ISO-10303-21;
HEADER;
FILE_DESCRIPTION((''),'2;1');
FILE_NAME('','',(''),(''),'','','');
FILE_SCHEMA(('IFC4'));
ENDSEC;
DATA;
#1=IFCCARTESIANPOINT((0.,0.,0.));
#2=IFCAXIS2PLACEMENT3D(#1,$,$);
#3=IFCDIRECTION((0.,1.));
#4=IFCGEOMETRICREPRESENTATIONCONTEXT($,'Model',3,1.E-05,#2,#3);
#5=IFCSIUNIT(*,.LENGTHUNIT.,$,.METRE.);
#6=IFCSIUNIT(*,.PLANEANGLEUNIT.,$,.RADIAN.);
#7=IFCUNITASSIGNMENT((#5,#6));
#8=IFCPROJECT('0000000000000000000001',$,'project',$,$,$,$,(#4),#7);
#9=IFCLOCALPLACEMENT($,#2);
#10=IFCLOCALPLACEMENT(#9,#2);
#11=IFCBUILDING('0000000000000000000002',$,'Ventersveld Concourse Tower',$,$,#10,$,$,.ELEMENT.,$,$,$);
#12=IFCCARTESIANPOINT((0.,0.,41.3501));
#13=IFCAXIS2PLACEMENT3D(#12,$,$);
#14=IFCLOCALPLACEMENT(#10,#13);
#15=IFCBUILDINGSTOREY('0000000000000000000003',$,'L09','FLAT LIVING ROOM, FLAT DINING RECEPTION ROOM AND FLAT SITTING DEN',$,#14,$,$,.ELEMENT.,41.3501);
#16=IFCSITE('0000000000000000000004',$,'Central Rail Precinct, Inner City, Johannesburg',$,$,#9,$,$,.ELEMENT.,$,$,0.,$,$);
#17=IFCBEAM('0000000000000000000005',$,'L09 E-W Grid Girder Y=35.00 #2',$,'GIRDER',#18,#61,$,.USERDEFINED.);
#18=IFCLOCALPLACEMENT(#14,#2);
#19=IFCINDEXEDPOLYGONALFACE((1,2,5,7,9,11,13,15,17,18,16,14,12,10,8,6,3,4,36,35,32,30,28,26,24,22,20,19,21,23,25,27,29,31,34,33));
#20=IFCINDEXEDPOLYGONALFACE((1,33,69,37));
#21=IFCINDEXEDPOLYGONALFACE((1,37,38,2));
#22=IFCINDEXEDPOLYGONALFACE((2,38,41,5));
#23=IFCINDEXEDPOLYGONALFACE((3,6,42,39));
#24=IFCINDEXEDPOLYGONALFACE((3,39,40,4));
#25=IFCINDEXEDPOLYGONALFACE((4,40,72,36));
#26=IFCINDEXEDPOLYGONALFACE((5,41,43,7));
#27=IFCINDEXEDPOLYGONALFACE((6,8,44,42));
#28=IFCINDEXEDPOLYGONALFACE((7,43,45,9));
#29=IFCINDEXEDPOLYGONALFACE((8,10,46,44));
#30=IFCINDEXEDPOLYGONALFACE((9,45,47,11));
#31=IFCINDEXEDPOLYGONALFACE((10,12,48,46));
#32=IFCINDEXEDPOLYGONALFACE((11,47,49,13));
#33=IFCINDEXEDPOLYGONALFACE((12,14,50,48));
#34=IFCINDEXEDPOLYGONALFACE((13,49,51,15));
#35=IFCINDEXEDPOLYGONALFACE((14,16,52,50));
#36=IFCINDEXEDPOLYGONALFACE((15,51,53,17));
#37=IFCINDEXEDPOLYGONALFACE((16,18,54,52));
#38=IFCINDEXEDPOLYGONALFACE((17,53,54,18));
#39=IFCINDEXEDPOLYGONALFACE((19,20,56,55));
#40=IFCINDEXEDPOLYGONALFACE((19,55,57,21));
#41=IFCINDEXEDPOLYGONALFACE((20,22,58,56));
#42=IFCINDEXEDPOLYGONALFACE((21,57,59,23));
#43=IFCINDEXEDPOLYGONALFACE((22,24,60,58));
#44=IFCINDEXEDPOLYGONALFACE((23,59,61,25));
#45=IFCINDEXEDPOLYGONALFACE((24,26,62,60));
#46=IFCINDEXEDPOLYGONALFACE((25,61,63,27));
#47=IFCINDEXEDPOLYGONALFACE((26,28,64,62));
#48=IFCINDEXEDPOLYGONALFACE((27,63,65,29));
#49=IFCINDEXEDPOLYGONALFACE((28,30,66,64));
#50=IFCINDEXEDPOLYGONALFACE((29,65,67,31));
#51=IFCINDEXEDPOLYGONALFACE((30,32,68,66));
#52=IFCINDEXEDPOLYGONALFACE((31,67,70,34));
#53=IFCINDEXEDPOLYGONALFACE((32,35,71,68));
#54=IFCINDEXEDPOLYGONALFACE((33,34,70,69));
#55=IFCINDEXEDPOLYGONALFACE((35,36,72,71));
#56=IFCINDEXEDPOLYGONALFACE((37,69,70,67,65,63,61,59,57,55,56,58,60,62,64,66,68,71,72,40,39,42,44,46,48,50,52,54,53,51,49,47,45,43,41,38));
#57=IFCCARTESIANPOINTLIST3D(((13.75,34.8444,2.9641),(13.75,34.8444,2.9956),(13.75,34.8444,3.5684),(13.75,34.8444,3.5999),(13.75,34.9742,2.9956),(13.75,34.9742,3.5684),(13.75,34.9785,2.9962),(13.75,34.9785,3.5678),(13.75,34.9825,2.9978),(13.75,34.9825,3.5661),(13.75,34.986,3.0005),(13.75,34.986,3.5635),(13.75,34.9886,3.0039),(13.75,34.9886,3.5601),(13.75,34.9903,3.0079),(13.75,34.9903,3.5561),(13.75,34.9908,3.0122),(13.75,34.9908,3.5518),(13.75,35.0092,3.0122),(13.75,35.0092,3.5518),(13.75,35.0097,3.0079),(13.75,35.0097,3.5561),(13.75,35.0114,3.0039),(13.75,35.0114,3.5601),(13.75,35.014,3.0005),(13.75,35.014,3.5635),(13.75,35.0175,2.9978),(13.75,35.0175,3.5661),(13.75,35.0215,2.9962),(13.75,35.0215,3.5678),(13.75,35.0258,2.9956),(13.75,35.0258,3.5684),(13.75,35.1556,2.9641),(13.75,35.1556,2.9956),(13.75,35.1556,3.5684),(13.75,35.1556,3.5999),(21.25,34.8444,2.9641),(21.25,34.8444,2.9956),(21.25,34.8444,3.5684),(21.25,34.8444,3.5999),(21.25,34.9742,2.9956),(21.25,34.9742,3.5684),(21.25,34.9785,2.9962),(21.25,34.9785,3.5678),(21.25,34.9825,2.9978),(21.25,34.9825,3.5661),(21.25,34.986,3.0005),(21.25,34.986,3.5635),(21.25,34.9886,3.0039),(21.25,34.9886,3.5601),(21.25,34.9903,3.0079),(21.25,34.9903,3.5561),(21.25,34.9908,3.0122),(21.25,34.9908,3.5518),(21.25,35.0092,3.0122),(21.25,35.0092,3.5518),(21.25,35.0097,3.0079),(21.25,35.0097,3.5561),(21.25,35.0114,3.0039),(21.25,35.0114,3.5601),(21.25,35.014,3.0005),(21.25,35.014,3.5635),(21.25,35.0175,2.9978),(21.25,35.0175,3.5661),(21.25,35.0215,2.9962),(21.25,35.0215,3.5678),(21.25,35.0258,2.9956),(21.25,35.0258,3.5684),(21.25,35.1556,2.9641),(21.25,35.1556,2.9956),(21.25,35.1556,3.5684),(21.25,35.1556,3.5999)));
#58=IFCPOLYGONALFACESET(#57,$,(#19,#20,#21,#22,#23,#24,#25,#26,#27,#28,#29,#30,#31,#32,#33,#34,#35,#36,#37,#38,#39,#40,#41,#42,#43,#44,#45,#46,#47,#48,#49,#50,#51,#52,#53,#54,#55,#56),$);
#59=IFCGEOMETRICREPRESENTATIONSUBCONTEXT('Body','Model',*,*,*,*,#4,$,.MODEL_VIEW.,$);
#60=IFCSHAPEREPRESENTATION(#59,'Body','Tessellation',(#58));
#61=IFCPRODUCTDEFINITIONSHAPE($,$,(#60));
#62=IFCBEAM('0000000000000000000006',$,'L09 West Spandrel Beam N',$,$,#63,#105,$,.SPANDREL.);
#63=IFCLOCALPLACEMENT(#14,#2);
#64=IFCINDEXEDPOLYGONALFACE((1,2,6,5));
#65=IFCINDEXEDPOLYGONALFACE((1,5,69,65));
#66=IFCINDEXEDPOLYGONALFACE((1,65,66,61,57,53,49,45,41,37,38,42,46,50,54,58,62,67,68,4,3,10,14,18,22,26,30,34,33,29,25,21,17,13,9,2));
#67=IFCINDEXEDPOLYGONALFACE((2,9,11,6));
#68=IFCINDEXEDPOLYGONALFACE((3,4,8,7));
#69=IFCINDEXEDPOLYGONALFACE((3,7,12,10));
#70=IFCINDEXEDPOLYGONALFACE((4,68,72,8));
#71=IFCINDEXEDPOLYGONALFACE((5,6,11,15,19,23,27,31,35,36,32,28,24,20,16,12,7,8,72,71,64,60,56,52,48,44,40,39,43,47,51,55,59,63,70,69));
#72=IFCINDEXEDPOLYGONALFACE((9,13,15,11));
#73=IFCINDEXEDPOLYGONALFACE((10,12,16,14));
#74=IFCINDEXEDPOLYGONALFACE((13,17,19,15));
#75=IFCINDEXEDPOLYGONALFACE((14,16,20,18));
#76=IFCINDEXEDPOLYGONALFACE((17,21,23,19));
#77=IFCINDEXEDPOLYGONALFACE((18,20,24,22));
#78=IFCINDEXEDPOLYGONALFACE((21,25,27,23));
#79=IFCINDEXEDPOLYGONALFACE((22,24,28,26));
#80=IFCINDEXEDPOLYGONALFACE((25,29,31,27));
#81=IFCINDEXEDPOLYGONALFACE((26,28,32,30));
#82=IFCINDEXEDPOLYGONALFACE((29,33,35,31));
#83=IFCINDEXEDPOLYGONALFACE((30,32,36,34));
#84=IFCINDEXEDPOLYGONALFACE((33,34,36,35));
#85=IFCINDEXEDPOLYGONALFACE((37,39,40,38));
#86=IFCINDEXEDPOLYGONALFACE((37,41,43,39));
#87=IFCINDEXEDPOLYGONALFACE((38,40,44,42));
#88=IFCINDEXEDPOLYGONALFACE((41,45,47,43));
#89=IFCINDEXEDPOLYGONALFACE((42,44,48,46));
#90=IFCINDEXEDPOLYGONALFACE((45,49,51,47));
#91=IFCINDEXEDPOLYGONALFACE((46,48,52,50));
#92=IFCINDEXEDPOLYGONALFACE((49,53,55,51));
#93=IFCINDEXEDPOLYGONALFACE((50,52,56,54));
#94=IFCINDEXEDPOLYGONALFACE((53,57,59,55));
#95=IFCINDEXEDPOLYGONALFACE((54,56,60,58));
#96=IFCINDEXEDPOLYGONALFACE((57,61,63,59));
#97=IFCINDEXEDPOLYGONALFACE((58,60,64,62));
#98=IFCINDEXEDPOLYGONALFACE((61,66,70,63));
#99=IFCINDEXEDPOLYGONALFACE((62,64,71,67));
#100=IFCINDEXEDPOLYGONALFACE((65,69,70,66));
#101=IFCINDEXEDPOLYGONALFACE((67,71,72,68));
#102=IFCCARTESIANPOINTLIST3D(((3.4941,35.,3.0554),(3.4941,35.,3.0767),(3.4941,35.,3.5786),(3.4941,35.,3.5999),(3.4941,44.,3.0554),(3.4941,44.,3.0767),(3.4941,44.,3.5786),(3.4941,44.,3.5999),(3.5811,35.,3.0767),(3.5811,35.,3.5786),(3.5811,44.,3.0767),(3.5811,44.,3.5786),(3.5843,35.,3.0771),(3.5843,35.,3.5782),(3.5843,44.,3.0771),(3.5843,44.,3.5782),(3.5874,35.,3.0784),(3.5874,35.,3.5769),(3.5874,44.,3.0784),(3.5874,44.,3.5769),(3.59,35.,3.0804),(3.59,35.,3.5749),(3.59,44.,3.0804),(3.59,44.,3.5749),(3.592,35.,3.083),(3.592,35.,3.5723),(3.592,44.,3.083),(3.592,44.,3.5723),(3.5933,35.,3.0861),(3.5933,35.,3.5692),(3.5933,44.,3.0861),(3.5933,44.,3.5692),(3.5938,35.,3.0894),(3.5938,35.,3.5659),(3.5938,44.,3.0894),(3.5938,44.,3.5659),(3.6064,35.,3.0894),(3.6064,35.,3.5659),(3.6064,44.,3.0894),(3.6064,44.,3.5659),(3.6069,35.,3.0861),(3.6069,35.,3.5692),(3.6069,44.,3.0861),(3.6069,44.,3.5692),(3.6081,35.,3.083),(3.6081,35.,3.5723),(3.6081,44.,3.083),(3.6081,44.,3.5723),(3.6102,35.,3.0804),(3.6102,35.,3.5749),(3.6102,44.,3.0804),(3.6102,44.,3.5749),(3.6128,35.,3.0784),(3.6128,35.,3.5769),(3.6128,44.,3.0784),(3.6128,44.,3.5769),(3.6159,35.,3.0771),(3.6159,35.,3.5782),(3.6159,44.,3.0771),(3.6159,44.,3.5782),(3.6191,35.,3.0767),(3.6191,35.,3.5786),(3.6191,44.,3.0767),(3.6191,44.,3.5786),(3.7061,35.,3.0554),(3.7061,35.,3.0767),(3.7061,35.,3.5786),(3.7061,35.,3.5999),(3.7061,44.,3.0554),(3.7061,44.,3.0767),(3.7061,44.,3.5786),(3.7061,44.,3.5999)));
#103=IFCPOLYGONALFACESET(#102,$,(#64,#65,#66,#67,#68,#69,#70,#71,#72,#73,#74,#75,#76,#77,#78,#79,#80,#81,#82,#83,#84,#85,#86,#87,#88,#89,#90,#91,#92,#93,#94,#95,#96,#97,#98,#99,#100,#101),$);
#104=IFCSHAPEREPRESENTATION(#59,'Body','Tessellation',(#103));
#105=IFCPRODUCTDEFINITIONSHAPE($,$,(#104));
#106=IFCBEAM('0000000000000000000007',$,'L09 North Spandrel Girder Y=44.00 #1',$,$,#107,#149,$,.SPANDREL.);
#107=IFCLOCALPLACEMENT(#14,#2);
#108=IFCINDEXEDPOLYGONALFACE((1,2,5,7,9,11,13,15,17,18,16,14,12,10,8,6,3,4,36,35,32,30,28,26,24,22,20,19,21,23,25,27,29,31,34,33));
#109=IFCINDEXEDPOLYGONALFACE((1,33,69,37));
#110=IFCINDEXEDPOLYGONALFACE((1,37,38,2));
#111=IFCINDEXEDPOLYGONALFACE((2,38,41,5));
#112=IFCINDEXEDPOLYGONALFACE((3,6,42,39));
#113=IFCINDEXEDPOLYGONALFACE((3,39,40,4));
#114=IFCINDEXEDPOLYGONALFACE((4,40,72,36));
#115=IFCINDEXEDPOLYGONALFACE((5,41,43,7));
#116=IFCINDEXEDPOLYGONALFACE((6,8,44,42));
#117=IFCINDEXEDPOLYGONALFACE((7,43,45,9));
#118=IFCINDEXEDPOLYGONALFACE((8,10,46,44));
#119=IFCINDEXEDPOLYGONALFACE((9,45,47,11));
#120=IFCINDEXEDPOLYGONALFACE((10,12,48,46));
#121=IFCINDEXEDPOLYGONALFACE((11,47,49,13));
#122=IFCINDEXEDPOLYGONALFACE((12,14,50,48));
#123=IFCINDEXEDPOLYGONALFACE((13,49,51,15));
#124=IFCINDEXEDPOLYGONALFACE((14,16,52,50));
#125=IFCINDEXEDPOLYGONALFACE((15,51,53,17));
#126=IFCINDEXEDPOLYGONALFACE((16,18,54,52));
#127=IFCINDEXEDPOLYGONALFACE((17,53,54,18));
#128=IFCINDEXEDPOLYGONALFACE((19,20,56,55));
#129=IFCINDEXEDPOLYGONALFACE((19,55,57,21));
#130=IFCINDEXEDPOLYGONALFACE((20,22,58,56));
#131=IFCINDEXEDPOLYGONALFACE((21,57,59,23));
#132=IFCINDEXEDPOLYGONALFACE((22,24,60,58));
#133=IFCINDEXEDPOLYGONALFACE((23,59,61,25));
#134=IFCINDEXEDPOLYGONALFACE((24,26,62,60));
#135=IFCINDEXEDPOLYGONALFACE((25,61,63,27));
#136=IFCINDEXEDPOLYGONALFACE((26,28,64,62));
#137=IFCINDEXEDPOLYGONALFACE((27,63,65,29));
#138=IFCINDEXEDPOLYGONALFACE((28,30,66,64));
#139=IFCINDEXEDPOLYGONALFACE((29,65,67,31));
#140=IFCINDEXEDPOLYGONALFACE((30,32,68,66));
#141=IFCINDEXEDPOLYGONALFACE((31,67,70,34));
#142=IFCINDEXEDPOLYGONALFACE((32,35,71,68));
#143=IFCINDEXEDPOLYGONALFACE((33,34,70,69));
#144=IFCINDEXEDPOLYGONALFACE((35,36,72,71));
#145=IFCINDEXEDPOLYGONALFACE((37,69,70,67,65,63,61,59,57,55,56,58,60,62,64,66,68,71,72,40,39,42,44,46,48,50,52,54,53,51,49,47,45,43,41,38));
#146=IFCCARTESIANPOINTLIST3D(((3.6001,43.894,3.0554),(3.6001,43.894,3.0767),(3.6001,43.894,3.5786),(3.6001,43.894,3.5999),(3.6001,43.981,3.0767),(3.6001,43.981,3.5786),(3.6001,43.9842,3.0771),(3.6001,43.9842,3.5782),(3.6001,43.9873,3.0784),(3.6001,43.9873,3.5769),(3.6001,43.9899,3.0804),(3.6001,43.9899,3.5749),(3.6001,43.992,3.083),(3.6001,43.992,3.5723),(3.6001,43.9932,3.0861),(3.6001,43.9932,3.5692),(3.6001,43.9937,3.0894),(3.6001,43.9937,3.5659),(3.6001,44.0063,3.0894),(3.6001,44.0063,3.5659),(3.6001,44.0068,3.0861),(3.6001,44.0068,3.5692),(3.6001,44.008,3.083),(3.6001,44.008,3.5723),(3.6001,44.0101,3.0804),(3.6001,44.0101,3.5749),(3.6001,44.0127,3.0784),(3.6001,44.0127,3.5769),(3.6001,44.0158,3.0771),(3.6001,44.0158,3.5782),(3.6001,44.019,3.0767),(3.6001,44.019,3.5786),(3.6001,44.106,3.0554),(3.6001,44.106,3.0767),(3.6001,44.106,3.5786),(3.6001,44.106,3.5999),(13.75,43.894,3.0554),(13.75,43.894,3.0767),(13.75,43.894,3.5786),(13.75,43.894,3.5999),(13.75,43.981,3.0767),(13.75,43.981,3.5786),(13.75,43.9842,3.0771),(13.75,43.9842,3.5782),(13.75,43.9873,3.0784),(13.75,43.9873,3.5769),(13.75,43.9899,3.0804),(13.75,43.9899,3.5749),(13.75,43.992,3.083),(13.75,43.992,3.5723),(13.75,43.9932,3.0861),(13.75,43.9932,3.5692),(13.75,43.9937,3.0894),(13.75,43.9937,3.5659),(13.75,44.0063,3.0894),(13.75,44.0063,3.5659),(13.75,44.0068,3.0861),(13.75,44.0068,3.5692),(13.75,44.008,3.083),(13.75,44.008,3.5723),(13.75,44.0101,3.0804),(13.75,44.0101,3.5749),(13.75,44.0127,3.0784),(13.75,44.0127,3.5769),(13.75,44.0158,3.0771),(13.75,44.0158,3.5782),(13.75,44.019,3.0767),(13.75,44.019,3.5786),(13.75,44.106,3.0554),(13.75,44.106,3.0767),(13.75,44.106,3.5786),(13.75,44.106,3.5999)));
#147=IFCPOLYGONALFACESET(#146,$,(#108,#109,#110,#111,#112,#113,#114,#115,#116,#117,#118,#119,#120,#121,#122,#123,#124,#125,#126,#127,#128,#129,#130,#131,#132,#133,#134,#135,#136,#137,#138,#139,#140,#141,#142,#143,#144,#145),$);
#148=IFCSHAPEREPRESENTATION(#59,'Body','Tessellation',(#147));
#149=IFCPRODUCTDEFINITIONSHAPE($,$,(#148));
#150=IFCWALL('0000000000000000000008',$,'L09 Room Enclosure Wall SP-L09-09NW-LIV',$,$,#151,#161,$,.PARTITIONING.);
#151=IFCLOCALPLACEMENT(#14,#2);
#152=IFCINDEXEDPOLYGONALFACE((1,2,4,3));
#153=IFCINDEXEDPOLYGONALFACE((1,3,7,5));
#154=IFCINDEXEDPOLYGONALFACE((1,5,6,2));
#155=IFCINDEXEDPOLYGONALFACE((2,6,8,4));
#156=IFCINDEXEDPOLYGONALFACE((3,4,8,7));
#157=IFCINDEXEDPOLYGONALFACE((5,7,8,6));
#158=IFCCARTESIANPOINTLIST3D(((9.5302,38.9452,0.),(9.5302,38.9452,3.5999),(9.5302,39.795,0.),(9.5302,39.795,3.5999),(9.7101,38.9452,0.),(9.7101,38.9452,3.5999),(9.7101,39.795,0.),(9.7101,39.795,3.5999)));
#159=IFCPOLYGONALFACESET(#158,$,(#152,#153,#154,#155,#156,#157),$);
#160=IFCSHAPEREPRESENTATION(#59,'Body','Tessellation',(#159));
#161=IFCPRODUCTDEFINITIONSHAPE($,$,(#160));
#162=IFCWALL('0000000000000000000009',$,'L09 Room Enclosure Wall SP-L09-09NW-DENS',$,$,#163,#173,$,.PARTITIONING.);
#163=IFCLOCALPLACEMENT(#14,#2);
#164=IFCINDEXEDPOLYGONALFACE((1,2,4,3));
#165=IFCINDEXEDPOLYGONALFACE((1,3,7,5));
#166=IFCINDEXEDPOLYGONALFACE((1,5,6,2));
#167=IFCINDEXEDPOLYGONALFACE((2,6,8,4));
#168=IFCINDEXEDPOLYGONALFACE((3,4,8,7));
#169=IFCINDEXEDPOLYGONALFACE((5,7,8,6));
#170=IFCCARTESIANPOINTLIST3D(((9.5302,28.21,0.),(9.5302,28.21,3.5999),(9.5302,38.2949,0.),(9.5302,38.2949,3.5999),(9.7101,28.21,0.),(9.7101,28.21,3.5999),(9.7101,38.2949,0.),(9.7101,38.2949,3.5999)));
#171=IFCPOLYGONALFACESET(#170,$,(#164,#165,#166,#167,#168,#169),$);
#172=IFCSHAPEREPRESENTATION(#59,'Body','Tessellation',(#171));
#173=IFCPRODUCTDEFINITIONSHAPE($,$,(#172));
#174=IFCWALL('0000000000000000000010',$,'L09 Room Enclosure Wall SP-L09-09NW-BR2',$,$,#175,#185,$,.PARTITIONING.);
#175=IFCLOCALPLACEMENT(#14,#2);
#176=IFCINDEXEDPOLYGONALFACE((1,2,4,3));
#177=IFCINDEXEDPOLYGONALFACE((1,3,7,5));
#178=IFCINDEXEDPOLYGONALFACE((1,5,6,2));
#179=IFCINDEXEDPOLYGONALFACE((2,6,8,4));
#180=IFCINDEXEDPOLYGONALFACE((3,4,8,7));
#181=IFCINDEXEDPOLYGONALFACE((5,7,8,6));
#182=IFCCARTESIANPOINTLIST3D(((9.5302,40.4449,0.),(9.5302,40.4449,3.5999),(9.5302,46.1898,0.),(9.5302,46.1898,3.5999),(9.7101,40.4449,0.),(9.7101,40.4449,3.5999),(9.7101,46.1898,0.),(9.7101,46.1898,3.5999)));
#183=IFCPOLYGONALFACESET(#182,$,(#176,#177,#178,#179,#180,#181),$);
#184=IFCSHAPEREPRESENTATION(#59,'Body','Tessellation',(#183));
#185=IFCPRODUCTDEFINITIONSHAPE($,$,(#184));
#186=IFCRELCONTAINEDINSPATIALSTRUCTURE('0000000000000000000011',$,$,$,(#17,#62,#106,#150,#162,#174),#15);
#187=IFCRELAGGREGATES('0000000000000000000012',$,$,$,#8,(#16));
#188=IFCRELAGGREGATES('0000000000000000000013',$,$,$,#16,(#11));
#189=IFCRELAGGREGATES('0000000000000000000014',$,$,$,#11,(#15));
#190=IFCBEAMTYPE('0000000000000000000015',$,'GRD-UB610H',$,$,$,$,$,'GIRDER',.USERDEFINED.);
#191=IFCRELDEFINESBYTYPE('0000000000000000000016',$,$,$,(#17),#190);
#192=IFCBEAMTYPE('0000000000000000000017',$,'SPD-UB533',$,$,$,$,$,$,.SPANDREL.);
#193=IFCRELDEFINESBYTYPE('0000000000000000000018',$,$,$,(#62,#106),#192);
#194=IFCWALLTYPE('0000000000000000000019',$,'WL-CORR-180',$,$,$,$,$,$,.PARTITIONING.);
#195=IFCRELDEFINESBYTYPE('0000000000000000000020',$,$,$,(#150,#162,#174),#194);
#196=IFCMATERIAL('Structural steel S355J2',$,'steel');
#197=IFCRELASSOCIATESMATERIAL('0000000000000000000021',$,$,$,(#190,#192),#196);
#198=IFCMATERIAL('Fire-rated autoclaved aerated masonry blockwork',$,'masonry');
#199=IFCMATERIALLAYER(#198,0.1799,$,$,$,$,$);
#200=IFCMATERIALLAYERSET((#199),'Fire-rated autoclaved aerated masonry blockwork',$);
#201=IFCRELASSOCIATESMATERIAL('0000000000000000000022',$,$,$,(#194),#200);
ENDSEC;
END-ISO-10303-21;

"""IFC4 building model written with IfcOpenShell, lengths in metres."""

from ifc_helpers import new_model, si_unit, direction, frame, frame_2d, origin, origin_2d, place, context, subcontext, project, spatial, rectangle, i_section, extrude, material, layer, layer_set, material_profile, profile_set, type_object, element, save


model = new_model("IFC4")

# Units and contexts
model_context = context("Model", 3, precision=1e-05, world=origin(), true_north=direction((0.0, 1.0)))
body_context = subcontext(model_context, "Body", "Model", "MODEL_VIEW")
ifc_project = project(units=[si_unit("LENGTHUNIT", "METRE"), si_unit("PLANEANGLEUNIT", "RADIAN")], contexts=[model_context])

# Site, building, storey
site_placement = place(None, origin())
site = spatial("IfcSite", under=ifc_project, at=site_placement, Name="Central Rail Precinct, Inner City, Johannesburg", CompositionType="ELEMENT", RefElevation=0.0)
building_placement = place(site_placement, origin())
building = spatial("IfcBuilding", under=site, at=building_placement, Name="Ventersveld Concourse Tower", CompositionType="ELEMENT")
storey_placement = place(building_placement, frame((0.0, 0.0, 41.3501)))
storey = spatial("IfcBuildingStorey", under=building, at=storey_placement, Name="L09", Description="FLAT LIVING ROOM, FLAT DINING RECEPTION ROOM AND FLAT SITTING DEN", CompositionType="ELEMENT", Elevation=41.3501)

# Beams
ifc_material_1 = material(Name="Structural steel S355J2", Category="steel")
ifc_material_profile_1 = material_profile(ifc_material_1, i_section(OverallWidth=0.3113, OverallDepth=0.6357, WebThickness=0.0183, FlangeThickness=0.0315, FilletRadius=0.0166, at=origin_2d()), Name="UB 610x305x238")
ifc_profile_set_1 = profile_set([ifc_material_profile_1], Name="Structural steel S355J2")
beam_type_1 = type_object("IfcBeamType", Name="GRD-UB610H", ElementType="GIRDER", PredefinedType="USERDEFINED", material=ifc_profile_set_1)
beam_1_placement = place(storey_placement, frame((13.75, 35.0, 3.282), z_axis=(1.0, 0.0, 0.0), x_axis=(0.0, 1.0, 0.0)))
element("IfcBeam", 1, at=beam_1_placement, inside=storey, type_object=beam_type_1, Name="L09 E-W Grid Girder Y=35.00 #2", ObjectType="GIRDER", PredefinedType="USERDEFINED", context=body_context, shape_type="SweptSolid", body=[
    extrude(i_section(OverallWidth=0.3113, OverallDepth=0.6357, WebThickness=0.0183, FlangeThickness=0.0315, FilletRadius=0.0166, at=origin_2d()), origin(), (0.0, 0.0, 1.0), 7.5),
])
ifc_material_profile_2 = material_profile(ifc_material_1, i_section(OverallWidth=0.2119, OverallDepth=0.5444, WebThickness=0.0127, FlangeThickness=0.0212, FilletRadius=0.0127, at=origin_2d()), Name="UB 533x210x122")
ifc_profile_set_2 = profile_set([ifc_material_profile_2], Name="Structural steel S355J2")
beam_type_2 = type_object("IfcBeamType", Name="SPD-UB533", PredefinedType="SPANDREL", material=ifc_profile_set_2)
beam_2_placement = place(storey_placement, frame((3.6001, 35.0, 3.3276), z_axis=(0.0, 1.0, 0.0), x_axis=(-1.0, 0.0, 0.0)))
element("IfcBeam", 2, at=beam_2_placement, inside=storey, type_object=beam_type_2, Name="L09 West Spandrel Beam N", PredefinedType="SPANDREL", context=body_context, shape_type="SweptSolid", body=[
    extrude(i_section(OverallWidth=0.2119, OverallDepth=0.5444, WebThickness=0.0127, FlangeThickness=0.0212, FilletRadius=0.0127, at=origin_2d()), origin(), (0.0, 0.0, 1.0), 9.0),
])
beam_3_placement = place(storey_placement, frame((3.6001, 44.0, 3.3276), z_axis=(1.0, 0.0, 0.0), x_axis=(0.0, 1.0, 0.0)))
element("IfcBeam", 3, at=beam_3_placement, inside=storey, type_object=beam_type_2, Name="L09 North Spandrel Girder Y=44.00 #1", PredefinedType="SPANDREL", context=body_context, shape_type="SweptSolid", body=[
    extrude(i_section(OverallWidth=0.2119, OverallDepth=0.5444, WebThickness=0.0127, FlangeThickness=0.0212, FilletRadius=0.0127, at=origin_2d()), origin(), (0.0, 0.0, 1.0), 10.1499),
])

# Walls
ifc_material_2 = material(Name="Fire-rated autoclaved aerated masonry blockwork", Category="masonry")
ifc_layer_1 = layer(ifc_material_2, 0.1799)
ifc_layer_set_1 = layer_set([ifc_layer_1], Name="Fire-rated autoclaved aerated masonry blockwork")
wall_type_1 = type_object("IfcWallType", Name="WL-CORR-180", PredefinedType="PARTITIONING", material=ifc_layer_set_1)
wall_1_placement = place(storey_placement, frame((9.6201, 39.7949, 0.0), z_axis=(0.0, 0.0, 1.0), x_axis=(0.0, -1.0, 0.0)))
element("IfcWall", 4, at=wall_1_placement, inside=storey, type_object=wall_type_1, Name="L09 Room Enclosure Wall SP-L09-09NW-LIV", PredefinedType="PARTITIONING", context=body_context, shape_type="SweptSolid", body=[
    extrude(rectangle(XDim=0.8499, YDim=0.1799, at=frame_2d((0.4248, 0.0))), origin(), (0.0, 0.0, 1.0), 3.5999),
])
wall_2_placement = place(storey_placement, frame((9.6201, 38.2949, 0.0), z_axis=(0.0, 0.0, 1.0), x_axis=(0.0, -1.0, 0.0)))
element("IfcWall", 5, at=wall_2_placement, inside=storey, type_object=wall_type_1, Name="L09 Room Enclosure Wall SP-L09-09NW-DENS", PredefinedType="PARTITIONING", context=body_context, shape_type="SweptSolid", body=[
    extrude(rectangle(XDim=10.085, YDim=0.1799, at=frame_2d((5.0425, 0.0))), origin(), (0.0, 0.0, 1.0), 3.5999),
])
wall_3_placement = place(storey_placement, frame((9.6201, 46.1899, 0.0), z_axis=(0.0, 0.0, 1.0), x_axis=(0.0, -1.0, 0.0)))
element("IfcWall", 6, at=wall_3_placement, inside=storey, type_object=wall_type_1, Name="L09 Room Enclosure Wall SP-L09-09NW-BR2", PredefinedType="PARTITIONING", context=body_context, shape_type="SweptSolid", body=[
    extrude(rectangle(XDim=5.7449, YDim=0.1799, at=frame_2d((2.8726, 0.0))), origin(), (0.0, 0.0, 1.0), 3.5999),
])

save(model, "model.ifc")
